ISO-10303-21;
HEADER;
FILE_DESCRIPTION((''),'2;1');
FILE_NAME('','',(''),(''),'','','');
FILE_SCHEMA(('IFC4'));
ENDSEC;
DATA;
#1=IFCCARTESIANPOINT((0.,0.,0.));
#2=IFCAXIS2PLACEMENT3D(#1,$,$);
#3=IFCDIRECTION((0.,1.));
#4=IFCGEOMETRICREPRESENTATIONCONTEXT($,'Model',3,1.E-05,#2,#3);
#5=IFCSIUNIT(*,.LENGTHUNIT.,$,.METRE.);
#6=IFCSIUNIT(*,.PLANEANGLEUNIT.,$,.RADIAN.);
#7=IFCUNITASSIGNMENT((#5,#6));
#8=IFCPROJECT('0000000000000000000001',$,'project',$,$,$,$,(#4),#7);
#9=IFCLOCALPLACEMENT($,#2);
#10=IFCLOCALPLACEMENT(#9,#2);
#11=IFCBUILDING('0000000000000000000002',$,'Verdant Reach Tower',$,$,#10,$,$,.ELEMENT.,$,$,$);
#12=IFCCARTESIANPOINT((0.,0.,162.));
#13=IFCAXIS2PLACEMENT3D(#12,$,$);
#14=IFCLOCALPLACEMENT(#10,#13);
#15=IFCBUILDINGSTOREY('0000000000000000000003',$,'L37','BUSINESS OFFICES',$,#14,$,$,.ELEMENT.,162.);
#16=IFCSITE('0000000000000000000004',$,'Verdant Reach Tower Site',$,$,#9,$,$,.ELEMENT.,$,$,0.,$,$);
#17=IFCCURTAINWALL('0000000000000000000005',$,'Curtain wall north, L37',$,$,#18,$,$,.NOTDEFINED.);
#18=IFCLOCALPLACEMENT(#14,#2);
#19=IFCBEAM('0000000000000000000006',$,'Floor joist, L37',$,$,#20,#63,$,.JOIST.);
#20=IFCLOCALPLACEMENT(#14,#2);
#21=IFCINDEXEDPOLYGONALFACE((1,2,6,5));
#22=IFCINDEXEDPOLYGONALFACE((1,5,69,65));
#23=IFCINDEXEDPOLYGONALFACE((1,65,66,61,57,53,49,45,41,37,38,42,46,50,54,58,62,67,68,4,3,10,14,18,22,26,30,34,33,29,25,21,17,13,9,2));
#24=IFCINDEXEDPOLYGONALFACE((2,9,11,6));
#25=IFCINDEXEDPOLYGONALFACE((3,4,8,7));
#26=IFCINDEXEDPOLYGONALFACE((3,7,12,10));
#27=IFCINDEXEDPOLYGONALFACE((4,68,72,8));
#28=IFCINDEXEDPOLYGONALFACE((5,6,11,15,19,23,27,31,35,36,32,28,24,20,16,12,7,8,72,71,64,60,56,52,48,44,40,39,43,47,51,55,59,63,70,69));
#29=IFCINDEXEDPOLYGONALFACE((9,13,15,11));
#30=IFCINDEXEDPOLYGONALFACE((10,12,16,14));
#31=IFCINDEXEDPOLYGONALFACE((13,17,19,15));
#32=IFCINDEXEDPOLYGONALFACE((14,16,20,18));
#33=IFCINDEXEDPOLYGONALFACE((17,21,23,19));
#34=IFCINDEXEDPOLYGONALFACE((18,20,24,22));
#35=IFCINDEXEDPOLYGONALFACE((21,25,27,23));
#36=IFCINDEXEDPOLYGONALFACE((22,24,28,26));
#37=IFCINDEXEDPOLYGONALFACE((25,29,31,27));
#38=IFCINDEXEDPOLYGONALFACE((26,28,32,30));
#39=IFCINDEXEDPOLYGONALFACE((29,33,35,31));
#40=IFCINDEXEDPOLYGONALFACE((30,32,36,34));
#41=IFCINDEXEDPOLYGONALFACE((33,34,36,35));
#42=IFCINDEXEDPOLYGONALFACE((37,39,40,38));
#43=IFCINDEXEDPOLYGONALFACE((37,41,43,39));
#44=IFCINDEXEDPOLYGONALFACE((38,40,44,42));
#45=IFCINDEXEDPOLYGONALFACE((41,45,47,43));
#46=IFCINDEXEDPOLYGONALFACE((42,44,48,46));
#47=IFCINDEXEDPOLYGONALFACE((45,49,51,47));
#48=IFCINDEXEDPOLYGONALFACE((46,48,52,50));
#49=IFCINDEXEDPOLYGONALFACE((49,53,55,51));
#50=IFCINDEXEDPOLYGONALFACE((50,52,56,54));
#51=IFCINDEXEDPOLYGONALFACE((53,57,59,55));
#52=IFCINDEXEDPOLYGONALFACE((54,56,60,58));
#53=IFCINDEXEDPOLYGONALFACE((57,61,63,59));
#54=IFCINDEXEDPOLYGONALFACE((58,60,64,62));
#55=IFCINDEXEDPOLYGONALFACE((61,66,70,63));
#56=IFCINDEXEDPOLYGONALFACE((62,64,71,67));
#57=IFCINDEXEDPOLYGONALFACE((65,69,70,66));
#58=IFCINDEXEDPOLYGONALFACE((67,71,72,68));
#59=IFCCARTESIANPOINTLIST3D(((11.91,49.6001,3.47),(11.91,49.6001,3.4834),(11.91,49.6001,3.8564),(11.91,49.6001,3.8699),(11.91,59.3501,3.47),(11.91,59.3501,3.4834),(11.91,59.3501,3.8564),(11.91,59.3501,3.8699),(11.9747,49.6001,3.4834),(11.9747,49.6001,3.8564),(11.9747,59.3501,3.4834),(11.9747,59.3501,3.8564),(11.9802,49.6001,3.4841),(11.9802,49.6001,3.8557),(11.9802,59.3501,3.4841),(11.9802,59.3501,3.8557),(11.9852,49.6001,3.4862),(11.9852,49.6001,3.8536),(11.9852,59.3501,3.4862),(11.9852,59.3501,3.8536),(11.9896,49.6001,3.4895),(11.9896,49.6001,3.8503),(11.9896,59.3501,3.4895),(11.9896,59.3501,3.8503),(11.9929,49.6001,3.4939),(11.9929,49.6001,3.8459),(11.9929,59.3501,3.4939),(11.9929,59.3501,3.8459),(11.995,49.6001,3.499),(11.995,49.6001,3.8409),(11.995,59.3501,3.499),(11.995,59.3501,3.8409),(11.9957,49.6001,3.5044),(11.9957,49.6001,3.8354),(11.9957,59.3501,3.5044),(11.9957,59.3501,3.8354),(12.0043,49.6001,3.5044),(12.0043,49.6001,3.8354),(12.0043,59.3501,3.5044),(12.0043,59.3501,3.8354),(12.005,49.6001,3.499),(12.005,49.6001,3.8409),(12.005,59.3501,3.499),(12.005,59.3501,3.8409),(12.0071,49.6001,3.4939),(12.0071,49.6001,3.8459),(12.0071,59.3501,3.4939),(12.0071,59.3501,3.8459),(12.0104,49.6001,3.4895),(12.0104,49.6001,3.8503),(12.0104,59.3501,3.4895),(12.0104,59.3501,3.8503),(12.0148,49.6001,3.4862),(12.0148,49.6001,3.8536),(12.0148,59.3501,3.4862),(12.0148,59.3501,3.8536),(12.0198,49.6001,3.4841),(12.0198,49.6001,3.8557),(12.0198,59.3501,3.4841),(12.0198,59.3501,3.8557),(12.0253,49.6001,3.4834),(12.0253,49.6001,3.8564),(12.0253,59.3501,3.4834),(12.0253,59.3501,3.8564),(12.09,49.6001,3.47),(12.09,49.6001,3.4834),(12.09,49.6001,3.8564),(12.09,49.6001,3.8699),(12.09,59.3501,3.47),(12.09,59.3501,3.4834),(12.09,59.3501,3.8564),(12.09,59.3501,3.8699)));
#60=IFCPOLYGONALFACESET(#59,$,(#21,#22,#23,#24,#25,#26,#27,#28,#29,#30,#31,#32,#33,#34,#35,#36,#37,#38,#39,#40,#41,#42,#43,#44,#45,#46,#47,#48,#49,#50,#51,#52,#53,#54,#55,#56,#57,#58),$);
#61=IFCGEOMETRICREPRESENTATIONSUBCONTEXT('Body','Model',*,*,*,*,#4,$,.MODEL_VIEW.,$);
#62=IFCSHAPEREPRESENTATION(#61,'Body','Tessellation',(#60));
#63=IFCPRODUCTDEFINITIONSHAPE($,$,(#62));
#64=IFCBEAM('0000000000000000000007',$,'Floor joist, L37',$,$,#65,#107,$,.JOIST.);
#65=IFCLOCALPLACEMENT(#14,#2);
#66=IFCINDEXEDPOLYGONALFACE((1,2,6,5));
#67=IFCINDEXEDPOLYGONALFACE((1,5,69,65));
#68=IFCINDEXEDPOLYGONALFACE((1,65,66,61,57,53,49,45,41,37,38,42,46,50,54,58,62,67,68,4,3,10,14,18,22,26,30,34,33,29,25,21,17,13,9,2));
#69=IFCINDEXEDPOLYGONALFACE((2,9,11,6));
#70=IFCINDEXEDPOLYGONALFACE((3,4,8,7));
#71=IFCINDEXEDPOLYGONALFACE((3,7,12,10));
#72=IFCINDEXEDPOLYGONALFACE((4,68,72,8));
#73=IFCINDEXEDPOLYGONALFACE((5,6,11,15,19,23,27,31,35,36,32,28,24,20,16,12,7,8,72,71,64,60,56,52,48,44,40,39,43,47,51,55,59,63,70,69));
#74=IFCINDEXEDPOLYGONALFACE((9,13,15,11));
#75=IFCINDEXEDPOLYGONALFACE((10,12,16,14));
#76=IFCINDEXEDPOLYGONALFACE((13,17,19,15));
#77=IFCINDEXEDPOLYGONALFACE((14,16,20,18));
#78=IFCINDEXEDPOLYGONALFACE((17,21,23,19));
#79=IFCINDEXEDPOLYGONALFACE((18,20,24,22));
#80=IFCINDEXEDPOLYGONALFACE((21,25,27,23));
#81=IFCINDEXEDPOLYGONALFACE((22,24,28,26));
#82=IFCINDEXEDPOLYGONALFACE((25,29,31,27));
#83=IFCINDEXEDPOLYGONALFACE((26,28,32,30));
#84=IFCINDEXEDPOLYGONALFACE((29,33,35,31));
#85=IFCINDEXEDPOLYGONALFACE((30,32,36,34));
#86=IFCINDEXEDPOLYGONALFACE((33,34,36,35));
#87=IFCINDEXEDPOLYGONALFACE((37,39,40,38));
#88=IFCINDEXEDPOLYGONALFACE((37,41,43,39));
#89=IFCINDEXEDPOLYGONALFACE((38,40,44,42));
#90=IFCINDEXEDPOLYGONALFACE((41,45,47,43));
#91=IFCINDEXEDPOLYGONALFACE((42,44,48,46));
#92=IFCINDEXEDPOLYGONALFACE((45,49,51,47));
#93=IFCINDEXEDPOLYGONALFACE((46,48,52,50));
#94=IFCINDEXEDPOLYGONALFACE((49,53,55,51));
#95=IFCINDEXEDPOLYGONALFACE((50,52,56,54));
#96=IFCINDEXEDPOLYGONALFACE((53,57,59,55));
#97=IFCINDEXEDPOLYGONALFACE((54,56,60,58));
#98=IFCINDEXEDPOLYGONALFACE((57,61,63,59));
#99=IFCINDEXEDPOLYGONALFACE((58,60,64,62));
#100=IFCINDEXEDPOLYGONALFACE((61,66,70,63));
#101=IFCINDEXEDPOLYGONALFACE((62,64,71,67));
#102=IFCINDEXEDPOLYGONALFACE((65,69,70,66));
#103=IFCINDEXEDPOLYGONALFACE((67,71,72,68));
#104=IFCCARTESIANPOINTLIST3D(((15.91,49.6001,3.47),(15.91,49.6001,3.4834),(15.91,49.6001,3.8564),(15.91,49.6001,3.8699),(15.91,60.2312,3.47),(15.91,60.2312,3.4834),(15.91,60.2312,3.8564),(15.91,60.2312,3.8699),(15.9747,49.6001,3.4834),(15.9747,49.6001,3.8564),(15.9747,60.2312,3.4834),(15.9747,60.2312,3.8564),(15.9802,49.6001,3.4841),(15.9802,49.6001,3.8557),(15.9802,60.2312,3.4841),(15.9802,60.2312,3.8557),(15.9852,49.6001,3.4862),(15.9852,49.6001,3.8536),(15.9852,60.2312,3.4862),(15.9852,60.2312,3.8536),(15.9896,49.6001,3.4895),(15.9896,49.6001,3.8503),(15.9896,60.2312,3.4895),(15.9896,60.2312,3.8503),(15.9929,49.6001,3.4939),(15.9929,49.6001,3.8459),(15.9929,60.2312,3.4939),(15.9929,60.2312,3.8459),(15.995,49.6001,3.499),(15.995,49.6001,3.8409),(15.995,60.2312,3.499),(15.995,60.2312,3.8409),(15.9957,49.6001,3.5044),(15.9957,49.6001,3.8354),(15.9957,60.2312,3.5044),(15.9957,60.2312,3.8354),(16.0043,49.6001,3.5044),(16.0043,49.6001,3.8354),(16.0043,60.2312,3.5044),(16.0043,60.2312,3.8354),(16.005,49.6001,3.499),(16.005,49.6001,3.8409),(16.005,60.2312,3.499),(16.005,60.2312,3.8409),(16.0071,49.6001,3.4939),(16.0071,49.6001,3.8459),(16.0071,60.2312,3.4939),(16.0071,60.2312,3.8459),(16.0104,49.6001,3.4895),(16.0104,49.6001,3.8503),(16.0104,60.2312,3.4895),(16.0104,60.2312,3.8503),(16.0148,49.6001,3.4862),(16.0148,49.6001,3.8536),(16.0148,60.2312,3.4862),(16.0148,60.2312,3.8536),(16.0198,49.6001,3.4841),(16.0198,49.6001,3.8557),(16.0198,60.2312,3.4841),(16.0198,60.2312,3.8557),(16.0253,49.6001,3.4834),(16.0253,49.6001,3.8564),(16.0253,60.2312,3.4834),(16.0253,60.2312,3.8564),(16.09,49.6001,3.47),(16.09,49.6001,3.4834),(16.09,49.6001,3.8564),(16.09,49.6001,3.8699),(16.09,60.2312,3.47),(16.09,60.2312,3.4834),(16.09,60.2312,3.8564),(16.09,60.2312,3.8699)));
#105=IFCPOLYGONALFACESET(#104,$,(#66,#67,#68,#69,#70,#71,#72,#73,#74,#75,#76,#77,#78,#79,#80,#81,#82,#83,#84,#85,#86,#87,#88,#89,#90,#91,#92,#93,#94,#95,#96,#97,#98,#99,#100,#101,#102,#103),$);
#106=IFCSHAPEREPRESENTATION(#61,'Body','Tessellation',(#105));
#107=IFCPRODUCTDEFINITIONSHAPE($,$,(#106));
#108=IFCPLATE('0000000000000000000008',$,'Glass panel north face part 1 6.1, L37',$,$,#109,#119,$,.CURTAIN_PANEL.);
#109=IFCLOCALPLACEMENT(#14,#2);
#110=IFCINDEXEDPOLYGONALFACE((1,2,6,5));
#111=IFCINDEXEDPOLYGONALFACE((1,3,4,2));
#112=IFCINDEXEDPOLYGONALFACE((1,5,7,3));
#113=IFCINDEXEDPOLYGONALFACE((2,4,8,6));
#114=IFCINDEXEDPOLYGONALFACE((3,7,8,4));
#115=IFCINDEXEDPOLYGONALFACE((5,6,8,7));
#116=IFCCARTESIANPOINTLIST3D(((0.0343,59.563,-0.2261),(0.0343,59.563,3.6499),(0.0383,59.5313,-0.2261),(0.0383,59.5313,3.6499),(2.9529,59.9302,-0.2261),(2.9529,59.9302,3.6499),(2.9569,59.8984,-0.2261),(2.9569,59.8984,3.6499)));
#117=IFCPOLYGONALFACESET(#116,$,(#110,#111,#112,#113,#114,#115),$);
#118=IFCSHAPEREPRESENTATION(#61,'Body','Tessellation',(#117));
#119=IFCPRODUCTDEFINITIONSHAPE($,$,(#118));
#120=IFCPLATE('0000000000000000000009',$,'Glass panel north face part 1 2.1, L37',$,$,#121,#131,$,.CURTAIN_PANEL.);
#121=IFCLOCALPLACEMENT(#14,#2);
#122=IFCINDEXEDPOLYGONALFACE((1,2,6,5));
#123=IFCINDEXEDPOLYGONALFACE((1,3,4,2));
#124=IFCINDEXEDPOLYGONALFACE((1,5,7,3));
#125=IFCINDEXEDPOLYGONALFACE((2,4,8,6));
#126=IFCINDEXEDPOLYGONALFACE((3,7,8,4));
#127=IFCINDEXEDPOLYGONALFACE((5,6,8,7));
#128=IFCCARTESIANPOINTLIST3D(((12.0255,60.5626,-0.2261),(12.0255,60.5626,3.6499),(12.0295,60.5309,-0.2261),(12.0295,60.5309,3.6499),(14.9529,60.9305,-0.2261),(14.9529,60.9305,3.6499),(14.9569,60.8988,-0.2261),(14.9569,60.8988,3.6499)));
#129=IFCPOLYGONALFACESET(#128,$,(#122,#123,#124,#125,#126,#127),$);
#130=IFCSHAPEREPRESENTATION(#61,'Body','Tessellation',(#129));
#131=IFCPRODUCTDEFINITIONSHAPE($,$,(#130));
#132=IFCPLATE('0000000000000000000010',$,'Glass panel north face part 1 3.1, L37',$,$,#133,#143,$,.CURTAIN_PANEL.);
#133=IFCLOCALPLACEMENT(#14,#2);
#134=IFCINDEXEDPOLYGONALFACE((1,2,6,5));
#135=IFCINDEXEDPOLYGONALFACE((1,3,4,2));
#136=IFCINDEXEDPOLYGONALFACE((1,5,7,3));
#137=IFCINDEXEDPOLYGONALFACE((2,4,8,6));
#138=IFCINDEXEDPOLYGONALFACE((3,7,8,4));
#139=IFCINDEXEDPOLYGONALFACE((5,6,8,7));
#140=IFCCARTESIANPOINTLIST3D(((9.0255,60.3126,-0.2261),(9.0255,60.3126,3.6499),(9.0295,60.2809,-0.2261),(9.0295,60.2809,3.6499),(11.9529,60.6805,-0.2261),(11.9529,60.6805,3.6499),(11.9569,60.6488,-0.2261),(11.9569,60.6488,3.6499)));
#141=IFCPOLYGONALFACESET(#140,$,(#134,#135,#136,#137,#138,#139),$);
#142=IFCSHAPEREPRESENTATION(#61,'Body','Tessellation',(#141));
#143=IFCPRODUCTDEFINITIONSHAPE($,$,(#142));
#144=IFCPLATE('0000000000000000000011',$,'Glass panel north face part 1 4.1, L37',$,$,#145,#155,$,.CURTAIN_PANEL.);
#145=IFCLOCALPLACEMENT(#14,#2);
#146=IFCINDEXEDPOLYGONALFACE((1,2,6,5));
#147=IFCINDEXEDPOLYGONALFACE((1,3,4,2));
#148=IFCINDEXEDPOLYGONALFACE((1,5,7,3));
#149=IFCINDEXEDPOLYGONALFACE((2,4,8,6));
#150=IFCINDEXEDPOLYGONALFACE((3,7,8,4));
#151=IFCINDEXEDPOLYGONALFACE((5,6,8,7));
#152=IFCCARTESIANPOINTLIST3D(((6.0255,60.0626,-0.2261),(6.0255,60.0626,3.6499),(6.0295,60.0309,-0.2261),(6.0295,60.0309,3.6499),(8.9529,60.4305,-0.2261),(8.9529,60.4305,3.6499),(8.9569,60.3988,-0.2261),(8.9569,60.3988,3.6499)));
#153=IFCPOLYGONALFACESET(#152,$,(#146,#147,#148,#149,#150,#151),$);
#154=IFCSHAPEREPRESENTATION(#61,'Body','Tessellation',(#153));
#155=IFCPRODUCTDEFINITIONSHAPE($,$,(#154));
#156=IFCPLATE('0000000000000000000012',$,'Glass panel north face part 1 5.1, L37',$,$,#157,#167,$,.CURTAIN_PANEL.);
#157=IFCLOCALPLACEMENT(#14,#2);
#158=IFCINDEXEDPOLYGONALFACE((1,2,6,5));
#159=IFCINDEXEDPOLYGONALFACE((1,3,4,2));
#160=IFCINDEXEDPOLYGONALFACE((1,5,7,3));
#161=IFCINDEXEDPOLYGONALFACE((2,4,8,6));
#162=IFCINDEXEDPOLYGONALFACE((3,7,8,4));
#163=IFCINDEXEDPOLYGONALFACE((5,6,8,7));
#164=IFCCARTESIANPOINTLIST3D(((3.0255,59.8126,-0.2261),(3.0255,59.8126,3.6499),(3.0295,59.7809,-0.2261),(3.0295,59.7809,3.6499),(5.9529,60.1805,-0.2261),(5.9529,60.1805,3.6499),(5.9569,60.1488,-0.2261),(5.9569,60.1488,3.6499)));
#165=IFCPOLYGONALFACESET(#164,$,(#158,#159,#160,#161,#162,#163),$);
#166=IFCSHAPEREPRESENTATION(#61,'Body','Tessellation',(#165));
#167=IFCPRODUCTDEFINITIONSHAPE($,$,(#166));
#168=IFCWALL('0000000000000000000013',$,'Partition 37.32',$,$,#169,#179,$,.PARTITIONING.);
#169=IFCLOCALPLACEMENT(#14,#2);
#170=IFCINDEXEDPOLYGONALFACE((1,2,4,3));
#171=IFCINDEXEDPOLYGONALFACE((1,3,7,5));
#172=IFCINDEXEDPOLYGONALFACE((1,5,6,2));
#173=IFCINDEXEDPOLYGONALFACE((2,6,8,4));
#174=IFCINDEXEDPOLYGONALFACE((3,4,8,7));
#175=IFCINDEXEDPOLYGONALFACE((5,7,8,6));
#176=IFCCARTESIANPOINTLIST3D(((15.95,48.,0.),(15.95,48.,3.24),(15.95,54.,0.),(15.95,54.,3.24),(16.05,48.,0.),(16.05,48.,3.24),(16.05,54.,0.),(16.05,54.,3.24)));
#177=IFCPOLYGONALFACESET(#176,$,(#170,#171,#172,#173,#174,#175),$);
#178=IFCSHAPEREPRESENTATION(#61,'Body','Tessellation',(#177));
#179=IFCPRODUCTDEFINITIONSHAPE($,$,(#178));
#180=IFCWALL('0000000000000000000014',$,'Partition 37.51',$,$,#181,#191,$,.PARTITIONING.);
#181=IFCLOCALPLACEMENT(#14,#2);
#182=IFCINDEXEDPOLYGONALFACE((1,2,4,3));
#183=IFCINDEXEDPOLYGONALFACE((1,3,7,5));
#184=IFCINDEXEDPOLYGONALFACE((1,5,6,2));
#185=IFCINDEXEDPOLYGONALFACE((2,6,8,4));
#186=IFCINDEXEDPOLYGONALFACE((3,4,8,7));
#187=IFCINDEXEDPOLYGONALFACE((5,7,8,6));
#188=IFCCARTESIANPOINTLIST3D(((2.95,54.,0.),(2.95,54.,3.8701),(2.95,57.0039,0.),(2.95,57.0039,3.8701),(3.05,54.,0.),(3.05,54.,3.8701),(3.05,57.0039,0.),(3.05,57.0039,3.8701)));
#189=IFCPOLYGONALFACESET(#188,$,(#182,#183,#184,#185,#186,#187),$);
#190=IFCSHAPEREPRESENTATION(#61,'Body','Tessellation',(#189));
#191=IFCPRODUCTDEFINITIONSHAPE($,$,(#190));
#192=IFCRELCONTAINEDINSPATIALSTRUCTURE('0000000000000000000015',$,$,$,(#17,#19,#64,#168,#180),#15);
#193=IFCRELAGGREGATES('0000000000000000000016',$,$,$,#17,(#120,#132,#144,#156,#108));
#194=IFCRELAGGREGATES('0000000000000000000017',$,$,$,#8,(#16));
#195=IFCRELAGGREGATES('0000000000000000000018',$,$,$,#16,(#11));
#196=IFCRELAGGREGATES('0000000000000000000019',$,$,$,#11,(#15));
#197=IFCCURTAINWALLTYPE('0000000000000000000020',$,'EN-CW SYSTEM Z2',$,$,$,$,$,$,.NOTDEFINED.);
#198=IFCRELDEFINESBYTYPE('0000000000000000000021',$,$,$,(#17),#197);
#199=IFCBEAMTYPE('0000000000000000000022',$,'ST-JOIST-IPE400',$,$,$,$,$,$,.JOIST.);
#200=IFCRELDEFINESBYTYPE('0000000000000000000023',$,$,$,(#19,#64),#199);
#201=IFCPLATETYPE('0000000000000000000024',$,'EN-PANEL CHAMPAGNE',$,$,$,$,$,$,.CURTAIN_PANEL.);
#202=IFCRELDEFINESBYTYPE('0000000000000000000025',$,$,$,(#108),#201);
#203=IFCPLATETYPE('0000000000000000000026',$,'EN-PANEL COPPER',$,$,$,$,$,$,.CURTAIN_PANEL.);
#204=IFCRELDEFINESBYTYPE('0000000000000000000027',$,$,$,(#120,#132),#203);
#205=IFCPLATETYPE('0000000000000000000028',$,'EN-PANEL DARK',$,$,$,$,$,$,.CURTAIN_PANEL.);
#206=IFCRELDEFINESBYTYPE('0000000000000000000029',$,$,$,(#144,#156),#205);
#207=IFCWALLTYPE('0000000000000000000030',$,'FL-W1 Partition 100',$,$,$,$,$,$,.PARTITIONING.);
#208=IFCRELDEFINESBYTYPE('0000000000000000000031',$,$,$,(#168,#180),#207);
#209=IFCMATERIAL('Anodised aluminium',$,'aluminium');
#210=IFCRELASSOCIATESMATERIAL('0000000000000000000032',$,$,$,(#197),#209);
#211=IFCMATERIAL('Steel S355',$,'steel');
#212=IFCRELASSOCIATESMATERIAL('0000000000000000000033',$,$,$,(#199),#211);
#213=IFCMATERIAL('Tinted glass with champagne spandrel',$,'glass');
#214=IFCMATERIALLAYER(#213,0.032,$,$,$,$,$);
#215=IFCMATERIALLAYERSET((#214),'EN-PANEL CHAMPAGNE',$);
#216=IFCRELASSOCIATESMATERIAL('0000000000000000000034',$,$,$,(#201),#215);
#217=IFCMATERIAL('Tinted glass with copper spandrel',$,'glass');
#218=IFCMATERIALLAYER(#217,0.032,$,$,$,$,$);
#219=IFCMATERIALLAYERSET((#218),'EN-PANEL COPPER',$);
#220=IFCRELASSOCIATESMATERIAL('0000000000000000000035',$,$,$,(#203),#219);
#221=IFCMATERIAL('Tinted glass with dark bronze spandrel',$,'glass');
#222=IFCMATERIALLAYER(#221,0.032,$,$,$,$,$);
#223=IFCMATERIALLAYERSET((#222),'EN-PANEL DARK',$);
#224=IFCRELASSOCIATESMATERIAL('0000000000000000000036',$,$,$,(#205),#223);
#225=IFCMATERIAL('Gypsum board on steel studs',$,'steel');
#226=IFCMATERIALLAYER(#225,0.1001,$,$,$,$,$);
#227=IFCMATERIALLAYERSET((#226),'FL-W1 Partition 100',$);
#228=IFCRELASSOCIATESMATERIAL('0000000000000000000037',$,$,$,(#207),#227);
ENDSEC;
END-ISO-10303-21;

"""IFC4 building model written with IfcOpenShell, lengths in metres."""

from ifc_helpers import new_model, si_unit, direction, frame, frame_2d, origin, origin_2d, place, context, subcontext, project, spatial, rectangle, i_section, extrude, material, layer, layer_set, material_profile, profile_set, type_object, element, aggregate, save


model = new_model("IFC4")

# Units and contexts
model_context = context("Model", 3, precision=1e-05, world=origin(), true_north=direction((0.0, 1.0)))
body_context = subcontext(model_context, "Body", "Model", "MODEL_VIEW")
ifc_project = project(units=[si_unit("LENGTHUNIT", "METRE"), si_unit("PLANEANGLEUNIT", "RADIAN")], contexts=[model_context])

# Site, building, storey
site_placement = place(None, origin())
site = spatial("IfcSite", under=ifc_project, at=site_placement, Name="Verdant Reach Tower Site", CompositionType="ELEMENT", RefElevation=0.0)
building_placement = place(site_placement, origin())
building = spatial("IfcBuilding", under=site, at=building_placement, Name="Verdant Reach Tower", CompositionType="ELEMENT")
storey_placement = place(building_placement, frame((0.0, 0.0, 162.0)))
storey = spatial("IfcBuildingStorey", under=building, at=storey_placement, Name="L37", Description="BUSINESS OFFICES", CompositionType="ELEMENT", Elevation=162.0)

# Curtain wall
ifc_material_1 = material(Name="Anodised aluminium", Category="aluminium")
curtain_wall_type = type_object("IfcCurtainWallType", Name="EN-CW SYSTEM Z2", PredefinedType="NOTDEFINED", material=ifc_material_1)
curtain_wall_placement = place(storey_placement, origin())
curtain_wall = element("IfcCurtainWall", 1, at=curtain_wall_placement, inside=storey, type_object=curtain_wall_type, Name="Curtain wall north, L37", PredefinedType="NOTDEFINED")

# Beams
ifc_material_2 = material(Name="Steel S355", Category="steel")
ifc_material_profile_1 = material_profile(ifc_material_2, i_section(OverallWidth=0.1799, OverallDepth=0.3999, WebThickness=0.0085, FlangeThickness=0.0134, FilletRadius=0.021, at=origin_2d()), Name="IPE 400")
ifc_profile_set_1 = profile_set([ifc_material_profile_1], Name="Steel S355")
beam_type = type_object("IfcBeamType", Name="ST-JOIST-IPE400", PredefinedType="JOIST", material=ifc_profile_set_1)
beam_1_placement = place(storey_placement, frame((12.0, 49.6001, 3.6699), z_axis=(0.0, 1.0, 0.0), x_axis=(-1.0, 0.0, 0.0)))
element("IfcBeam", 2, at=beam_1_placement, inside=storey, type_object=beam_type, Name="Floor joist, L37", PredefinedType="JOIST", context=body_context, shape_type="SweptSolid", body=[
    extrude(i_section(OverallWidth=0.1799, OverallDepth=0.3999, WebThickness=0.0085, FlangeThickness=0.0134, FilletRadius=0.021, at=origin_2d()), origin(), (0.0, 0.0, 1.0), 9.75),
])
beam_2_placement = place(storey_placement, frame((16.0, 49.6001, 3.6699), z_axis=(0.0, 1.0, 0.0), x_axis=(-1.0, 0.0, 0.0)))
element("IfcBeam", 3, at=beam_2_placement, inside=storey, type_object=beam_type, Name="Floor joist, L37", PredefinedType="JOIST", context=body_context, shape_type="SweptSolid", body=[
    extrude(i_section(OverallWidth=0.1799, OverallDepth=0.3999, WebThickness=0.0085, FlangeThickness=0.0134, FilletRadius=0.021, at=origin_2d()), origin(), (0.0, 0.0, 1.0), 10.6311),
])

# Plates
ifc_material_3 = material(Name="Tinted glass with champagne spandrel", Category="glass")
ifc_layer_1 = layer(ifc_material_3, 0.032)
ifc_layer_set_1 = layer_set([ifc_layer_1], Name="EN-PANEL CHAMPAGNE")
plate_type_1 = type_object("IfcPlateType", Name="EN-PANEL CHAMPAGNE", PredefinedType="CURTAIN_PANEL", material=ifc_layer_set_1)
plate_1_placement = place(storey_placement, frame((1.4956, 59.7307, -0.2261), z_axis=(0.0, 0.0, 1.0), x_axis=(-0.992179, -0.124825, 0.0)))
plate_1 = element("IfcPlate", 4, at=plate_1_placement, type_object=plate_type_1, Name="Glass panel north face part 1 6.1, L37", PredefinedType="CURTAIN_PANEL", context=body_context, shape_type="SweptSolid", body=[
    extrude(rectangle(XDim=2.9417, YDim=0.032, at=origin_2d()), origin(), (0.0, 0.0, 1.0), 3.876),
])
ifc_material_4 = material(Name="Tinted glass with copper spandrel", Category="glass")
ifc_layer_2 = layer(ifc_material_4, 0.032)
ifc_layer_set_2 = layer_set([ifc_layer_2], Name="EN-PANEL COPPER")
plate_type_2 = type_object("IfcPlateType", Name="EN-PANEL COPPER", PredefinedType="CURTAIN_PANEL", material=ifc_layer_set_2)
plate_2_placement = place(storey_placement, frame((13.4912, 60.7307, -0.2261), z_axis=(0.0, 0.0, 1.0), x_axis=(-0.992194, -0.124704, 0.0)))
plate_2 = element("IfcPlate", 5, at=plate_2_placement, type_object=plate_type_2, Name="Glass panel north face part 1 2.1, L37", PredefinedType="CURTAIN_PANEL", context=body_context, shape_type="SweptSolid", body=[
    extrude(rectangle(XDim=2.9504, YDim=0.032, at=origin_2d()), origin(), (0.0, 0.0, 1.0), 3.876),
])
plate_3_placement = place(storey_placement, frame((10.4912, 60.4807, -0.2261), z_axis=(0.0, 0.0, 1.0), x_axis=(-0.992194, -0.124704, 0.0)))
plate_3 = element("IfcPlate", 6, at=plate_3_placement, type_object=plate_type_2, Name="Glass panel north face part 1 3.1, L37", PredefinedType="CURTAIN_PANEL", context=body_context, shape_type="SweptSolid", body=[
    extrude(rectangle(XDim=2.9504, YDim=0.032, at=origin_2d()), origin(), (0.0, 0.0, 1.0), 3.876),
])
ifc_material_5 = material(Name="Tinted glass with dark bronze spandrel", Category="glass")
ifc_layer_3 = layer(ifc_material_5, 0.032)
ifc_layer_set_3 = layer_set([ifc_layer_3], Name="EN-PANEL DARK")
plate_type_3 = type_object("IfcPlateType", Name="EN-PANEL DARK", PredefinedType="CURTAIN_PANEL", material=ifc_layer_set_3)
plate_4_placement = place(storey_placement, frame((7.4912, 60.2307, -0.2261), z_axis=(0.0, 0.0, 1.0), x_axis=(-0.992194, -0.124704, 0.0)))
plate_4 = element("IfcPlate", 7, at=plate_4_placement, type_object=plate_type_3, Name="Glass panel north face part 1 4.1, L37", PredefinedType="CURTAIN_PANEL", context=body_context, shape_type="SweptSolid", body=[
    extrude(rectangle(XDim=2.9504, YDim=0.032, at=origin_2d()), origin(), (0.0, 0.0, 1.0), 3.876),
])
plate_5_placement = place(storey_placement, frame((4.4912, 59.9807, -0.2261), z_axis=(0.0, 0.0, 1.0), x_axis=(-0.992194, -0.124704, 0.0)))
plate_5 = element("IfcPlate", 8, at=plate_5_placement, type_object=plate_type_3, Name="Glass panel north face part 1 5.1, L37", PredefinedType="CURTAIN_PANEL", context=body_context, shape_type="SweptSolid", body=[
    extrude(rectangle(XDim=2.9504, YDim=0.032, at=origin_2d()), origin(), (0.0, 0.0, 1.0), 3.876),
])
aggregate(curtain_wall, [plate_2, plate_3, plate_4, plate_5, plate_1])

# Walls
ifc_material_6 = material(Name="Gypsum board on steel studs", Category="steel")
ifc_layer_4 = layer(ifc_material_6, 0.1001)
ifc_layer_set_4 = layer_set([ifc_layer_4], Name="FL-W1 Partition 100")
wall_type = type_object("IfcWallType", Name="FL-W1 Partition 100", PredefinedType="PARTITIONING", material=ifc_layer_set_4)
wall_1_placement = place(storey_placement, frame((16.0, 54.0, 0.0), z_axis=(0.0, 0.0, 1.0), x_axis=(0.0, -1.0, 0.0)))
element("IfcWall", 9, at=wall_1_placement, inside=storey, type_object=wall_type, Name="Partition 37.32", PredefinedType="PARTITIONING", context=body_context, shape_type="SweptSolid", body=[
    extrude(rectangle(XDim=6.0, YDim=0.1001, at=frame_2d((3.0, 0.0))), origin(), (0.0, 0.0, 1.0), 3.24),
])
wall_2_placement = place(storey_placement, frame((3.0, 54.0, 0.0), z_axis=(0.0, 0.0, 1.0), x_axis=(0.0, 1.0, 0.0)))
element("IfcWall", 10, at=wall_2_placement, inside=storey, type_object=wall_type, Name="Partition 37.51", PredefinedType="PARTITIONING", context=body_context, shape_type="SweptSolid", body=[
    extrude(rectangle(XDim=3.0039, YDim=0.1001, at=frame_2d((1.502, 0.0))), origin(), (0.0, 0.0, 1.0), 3.8701),
])

save(model, "model.ifc")
